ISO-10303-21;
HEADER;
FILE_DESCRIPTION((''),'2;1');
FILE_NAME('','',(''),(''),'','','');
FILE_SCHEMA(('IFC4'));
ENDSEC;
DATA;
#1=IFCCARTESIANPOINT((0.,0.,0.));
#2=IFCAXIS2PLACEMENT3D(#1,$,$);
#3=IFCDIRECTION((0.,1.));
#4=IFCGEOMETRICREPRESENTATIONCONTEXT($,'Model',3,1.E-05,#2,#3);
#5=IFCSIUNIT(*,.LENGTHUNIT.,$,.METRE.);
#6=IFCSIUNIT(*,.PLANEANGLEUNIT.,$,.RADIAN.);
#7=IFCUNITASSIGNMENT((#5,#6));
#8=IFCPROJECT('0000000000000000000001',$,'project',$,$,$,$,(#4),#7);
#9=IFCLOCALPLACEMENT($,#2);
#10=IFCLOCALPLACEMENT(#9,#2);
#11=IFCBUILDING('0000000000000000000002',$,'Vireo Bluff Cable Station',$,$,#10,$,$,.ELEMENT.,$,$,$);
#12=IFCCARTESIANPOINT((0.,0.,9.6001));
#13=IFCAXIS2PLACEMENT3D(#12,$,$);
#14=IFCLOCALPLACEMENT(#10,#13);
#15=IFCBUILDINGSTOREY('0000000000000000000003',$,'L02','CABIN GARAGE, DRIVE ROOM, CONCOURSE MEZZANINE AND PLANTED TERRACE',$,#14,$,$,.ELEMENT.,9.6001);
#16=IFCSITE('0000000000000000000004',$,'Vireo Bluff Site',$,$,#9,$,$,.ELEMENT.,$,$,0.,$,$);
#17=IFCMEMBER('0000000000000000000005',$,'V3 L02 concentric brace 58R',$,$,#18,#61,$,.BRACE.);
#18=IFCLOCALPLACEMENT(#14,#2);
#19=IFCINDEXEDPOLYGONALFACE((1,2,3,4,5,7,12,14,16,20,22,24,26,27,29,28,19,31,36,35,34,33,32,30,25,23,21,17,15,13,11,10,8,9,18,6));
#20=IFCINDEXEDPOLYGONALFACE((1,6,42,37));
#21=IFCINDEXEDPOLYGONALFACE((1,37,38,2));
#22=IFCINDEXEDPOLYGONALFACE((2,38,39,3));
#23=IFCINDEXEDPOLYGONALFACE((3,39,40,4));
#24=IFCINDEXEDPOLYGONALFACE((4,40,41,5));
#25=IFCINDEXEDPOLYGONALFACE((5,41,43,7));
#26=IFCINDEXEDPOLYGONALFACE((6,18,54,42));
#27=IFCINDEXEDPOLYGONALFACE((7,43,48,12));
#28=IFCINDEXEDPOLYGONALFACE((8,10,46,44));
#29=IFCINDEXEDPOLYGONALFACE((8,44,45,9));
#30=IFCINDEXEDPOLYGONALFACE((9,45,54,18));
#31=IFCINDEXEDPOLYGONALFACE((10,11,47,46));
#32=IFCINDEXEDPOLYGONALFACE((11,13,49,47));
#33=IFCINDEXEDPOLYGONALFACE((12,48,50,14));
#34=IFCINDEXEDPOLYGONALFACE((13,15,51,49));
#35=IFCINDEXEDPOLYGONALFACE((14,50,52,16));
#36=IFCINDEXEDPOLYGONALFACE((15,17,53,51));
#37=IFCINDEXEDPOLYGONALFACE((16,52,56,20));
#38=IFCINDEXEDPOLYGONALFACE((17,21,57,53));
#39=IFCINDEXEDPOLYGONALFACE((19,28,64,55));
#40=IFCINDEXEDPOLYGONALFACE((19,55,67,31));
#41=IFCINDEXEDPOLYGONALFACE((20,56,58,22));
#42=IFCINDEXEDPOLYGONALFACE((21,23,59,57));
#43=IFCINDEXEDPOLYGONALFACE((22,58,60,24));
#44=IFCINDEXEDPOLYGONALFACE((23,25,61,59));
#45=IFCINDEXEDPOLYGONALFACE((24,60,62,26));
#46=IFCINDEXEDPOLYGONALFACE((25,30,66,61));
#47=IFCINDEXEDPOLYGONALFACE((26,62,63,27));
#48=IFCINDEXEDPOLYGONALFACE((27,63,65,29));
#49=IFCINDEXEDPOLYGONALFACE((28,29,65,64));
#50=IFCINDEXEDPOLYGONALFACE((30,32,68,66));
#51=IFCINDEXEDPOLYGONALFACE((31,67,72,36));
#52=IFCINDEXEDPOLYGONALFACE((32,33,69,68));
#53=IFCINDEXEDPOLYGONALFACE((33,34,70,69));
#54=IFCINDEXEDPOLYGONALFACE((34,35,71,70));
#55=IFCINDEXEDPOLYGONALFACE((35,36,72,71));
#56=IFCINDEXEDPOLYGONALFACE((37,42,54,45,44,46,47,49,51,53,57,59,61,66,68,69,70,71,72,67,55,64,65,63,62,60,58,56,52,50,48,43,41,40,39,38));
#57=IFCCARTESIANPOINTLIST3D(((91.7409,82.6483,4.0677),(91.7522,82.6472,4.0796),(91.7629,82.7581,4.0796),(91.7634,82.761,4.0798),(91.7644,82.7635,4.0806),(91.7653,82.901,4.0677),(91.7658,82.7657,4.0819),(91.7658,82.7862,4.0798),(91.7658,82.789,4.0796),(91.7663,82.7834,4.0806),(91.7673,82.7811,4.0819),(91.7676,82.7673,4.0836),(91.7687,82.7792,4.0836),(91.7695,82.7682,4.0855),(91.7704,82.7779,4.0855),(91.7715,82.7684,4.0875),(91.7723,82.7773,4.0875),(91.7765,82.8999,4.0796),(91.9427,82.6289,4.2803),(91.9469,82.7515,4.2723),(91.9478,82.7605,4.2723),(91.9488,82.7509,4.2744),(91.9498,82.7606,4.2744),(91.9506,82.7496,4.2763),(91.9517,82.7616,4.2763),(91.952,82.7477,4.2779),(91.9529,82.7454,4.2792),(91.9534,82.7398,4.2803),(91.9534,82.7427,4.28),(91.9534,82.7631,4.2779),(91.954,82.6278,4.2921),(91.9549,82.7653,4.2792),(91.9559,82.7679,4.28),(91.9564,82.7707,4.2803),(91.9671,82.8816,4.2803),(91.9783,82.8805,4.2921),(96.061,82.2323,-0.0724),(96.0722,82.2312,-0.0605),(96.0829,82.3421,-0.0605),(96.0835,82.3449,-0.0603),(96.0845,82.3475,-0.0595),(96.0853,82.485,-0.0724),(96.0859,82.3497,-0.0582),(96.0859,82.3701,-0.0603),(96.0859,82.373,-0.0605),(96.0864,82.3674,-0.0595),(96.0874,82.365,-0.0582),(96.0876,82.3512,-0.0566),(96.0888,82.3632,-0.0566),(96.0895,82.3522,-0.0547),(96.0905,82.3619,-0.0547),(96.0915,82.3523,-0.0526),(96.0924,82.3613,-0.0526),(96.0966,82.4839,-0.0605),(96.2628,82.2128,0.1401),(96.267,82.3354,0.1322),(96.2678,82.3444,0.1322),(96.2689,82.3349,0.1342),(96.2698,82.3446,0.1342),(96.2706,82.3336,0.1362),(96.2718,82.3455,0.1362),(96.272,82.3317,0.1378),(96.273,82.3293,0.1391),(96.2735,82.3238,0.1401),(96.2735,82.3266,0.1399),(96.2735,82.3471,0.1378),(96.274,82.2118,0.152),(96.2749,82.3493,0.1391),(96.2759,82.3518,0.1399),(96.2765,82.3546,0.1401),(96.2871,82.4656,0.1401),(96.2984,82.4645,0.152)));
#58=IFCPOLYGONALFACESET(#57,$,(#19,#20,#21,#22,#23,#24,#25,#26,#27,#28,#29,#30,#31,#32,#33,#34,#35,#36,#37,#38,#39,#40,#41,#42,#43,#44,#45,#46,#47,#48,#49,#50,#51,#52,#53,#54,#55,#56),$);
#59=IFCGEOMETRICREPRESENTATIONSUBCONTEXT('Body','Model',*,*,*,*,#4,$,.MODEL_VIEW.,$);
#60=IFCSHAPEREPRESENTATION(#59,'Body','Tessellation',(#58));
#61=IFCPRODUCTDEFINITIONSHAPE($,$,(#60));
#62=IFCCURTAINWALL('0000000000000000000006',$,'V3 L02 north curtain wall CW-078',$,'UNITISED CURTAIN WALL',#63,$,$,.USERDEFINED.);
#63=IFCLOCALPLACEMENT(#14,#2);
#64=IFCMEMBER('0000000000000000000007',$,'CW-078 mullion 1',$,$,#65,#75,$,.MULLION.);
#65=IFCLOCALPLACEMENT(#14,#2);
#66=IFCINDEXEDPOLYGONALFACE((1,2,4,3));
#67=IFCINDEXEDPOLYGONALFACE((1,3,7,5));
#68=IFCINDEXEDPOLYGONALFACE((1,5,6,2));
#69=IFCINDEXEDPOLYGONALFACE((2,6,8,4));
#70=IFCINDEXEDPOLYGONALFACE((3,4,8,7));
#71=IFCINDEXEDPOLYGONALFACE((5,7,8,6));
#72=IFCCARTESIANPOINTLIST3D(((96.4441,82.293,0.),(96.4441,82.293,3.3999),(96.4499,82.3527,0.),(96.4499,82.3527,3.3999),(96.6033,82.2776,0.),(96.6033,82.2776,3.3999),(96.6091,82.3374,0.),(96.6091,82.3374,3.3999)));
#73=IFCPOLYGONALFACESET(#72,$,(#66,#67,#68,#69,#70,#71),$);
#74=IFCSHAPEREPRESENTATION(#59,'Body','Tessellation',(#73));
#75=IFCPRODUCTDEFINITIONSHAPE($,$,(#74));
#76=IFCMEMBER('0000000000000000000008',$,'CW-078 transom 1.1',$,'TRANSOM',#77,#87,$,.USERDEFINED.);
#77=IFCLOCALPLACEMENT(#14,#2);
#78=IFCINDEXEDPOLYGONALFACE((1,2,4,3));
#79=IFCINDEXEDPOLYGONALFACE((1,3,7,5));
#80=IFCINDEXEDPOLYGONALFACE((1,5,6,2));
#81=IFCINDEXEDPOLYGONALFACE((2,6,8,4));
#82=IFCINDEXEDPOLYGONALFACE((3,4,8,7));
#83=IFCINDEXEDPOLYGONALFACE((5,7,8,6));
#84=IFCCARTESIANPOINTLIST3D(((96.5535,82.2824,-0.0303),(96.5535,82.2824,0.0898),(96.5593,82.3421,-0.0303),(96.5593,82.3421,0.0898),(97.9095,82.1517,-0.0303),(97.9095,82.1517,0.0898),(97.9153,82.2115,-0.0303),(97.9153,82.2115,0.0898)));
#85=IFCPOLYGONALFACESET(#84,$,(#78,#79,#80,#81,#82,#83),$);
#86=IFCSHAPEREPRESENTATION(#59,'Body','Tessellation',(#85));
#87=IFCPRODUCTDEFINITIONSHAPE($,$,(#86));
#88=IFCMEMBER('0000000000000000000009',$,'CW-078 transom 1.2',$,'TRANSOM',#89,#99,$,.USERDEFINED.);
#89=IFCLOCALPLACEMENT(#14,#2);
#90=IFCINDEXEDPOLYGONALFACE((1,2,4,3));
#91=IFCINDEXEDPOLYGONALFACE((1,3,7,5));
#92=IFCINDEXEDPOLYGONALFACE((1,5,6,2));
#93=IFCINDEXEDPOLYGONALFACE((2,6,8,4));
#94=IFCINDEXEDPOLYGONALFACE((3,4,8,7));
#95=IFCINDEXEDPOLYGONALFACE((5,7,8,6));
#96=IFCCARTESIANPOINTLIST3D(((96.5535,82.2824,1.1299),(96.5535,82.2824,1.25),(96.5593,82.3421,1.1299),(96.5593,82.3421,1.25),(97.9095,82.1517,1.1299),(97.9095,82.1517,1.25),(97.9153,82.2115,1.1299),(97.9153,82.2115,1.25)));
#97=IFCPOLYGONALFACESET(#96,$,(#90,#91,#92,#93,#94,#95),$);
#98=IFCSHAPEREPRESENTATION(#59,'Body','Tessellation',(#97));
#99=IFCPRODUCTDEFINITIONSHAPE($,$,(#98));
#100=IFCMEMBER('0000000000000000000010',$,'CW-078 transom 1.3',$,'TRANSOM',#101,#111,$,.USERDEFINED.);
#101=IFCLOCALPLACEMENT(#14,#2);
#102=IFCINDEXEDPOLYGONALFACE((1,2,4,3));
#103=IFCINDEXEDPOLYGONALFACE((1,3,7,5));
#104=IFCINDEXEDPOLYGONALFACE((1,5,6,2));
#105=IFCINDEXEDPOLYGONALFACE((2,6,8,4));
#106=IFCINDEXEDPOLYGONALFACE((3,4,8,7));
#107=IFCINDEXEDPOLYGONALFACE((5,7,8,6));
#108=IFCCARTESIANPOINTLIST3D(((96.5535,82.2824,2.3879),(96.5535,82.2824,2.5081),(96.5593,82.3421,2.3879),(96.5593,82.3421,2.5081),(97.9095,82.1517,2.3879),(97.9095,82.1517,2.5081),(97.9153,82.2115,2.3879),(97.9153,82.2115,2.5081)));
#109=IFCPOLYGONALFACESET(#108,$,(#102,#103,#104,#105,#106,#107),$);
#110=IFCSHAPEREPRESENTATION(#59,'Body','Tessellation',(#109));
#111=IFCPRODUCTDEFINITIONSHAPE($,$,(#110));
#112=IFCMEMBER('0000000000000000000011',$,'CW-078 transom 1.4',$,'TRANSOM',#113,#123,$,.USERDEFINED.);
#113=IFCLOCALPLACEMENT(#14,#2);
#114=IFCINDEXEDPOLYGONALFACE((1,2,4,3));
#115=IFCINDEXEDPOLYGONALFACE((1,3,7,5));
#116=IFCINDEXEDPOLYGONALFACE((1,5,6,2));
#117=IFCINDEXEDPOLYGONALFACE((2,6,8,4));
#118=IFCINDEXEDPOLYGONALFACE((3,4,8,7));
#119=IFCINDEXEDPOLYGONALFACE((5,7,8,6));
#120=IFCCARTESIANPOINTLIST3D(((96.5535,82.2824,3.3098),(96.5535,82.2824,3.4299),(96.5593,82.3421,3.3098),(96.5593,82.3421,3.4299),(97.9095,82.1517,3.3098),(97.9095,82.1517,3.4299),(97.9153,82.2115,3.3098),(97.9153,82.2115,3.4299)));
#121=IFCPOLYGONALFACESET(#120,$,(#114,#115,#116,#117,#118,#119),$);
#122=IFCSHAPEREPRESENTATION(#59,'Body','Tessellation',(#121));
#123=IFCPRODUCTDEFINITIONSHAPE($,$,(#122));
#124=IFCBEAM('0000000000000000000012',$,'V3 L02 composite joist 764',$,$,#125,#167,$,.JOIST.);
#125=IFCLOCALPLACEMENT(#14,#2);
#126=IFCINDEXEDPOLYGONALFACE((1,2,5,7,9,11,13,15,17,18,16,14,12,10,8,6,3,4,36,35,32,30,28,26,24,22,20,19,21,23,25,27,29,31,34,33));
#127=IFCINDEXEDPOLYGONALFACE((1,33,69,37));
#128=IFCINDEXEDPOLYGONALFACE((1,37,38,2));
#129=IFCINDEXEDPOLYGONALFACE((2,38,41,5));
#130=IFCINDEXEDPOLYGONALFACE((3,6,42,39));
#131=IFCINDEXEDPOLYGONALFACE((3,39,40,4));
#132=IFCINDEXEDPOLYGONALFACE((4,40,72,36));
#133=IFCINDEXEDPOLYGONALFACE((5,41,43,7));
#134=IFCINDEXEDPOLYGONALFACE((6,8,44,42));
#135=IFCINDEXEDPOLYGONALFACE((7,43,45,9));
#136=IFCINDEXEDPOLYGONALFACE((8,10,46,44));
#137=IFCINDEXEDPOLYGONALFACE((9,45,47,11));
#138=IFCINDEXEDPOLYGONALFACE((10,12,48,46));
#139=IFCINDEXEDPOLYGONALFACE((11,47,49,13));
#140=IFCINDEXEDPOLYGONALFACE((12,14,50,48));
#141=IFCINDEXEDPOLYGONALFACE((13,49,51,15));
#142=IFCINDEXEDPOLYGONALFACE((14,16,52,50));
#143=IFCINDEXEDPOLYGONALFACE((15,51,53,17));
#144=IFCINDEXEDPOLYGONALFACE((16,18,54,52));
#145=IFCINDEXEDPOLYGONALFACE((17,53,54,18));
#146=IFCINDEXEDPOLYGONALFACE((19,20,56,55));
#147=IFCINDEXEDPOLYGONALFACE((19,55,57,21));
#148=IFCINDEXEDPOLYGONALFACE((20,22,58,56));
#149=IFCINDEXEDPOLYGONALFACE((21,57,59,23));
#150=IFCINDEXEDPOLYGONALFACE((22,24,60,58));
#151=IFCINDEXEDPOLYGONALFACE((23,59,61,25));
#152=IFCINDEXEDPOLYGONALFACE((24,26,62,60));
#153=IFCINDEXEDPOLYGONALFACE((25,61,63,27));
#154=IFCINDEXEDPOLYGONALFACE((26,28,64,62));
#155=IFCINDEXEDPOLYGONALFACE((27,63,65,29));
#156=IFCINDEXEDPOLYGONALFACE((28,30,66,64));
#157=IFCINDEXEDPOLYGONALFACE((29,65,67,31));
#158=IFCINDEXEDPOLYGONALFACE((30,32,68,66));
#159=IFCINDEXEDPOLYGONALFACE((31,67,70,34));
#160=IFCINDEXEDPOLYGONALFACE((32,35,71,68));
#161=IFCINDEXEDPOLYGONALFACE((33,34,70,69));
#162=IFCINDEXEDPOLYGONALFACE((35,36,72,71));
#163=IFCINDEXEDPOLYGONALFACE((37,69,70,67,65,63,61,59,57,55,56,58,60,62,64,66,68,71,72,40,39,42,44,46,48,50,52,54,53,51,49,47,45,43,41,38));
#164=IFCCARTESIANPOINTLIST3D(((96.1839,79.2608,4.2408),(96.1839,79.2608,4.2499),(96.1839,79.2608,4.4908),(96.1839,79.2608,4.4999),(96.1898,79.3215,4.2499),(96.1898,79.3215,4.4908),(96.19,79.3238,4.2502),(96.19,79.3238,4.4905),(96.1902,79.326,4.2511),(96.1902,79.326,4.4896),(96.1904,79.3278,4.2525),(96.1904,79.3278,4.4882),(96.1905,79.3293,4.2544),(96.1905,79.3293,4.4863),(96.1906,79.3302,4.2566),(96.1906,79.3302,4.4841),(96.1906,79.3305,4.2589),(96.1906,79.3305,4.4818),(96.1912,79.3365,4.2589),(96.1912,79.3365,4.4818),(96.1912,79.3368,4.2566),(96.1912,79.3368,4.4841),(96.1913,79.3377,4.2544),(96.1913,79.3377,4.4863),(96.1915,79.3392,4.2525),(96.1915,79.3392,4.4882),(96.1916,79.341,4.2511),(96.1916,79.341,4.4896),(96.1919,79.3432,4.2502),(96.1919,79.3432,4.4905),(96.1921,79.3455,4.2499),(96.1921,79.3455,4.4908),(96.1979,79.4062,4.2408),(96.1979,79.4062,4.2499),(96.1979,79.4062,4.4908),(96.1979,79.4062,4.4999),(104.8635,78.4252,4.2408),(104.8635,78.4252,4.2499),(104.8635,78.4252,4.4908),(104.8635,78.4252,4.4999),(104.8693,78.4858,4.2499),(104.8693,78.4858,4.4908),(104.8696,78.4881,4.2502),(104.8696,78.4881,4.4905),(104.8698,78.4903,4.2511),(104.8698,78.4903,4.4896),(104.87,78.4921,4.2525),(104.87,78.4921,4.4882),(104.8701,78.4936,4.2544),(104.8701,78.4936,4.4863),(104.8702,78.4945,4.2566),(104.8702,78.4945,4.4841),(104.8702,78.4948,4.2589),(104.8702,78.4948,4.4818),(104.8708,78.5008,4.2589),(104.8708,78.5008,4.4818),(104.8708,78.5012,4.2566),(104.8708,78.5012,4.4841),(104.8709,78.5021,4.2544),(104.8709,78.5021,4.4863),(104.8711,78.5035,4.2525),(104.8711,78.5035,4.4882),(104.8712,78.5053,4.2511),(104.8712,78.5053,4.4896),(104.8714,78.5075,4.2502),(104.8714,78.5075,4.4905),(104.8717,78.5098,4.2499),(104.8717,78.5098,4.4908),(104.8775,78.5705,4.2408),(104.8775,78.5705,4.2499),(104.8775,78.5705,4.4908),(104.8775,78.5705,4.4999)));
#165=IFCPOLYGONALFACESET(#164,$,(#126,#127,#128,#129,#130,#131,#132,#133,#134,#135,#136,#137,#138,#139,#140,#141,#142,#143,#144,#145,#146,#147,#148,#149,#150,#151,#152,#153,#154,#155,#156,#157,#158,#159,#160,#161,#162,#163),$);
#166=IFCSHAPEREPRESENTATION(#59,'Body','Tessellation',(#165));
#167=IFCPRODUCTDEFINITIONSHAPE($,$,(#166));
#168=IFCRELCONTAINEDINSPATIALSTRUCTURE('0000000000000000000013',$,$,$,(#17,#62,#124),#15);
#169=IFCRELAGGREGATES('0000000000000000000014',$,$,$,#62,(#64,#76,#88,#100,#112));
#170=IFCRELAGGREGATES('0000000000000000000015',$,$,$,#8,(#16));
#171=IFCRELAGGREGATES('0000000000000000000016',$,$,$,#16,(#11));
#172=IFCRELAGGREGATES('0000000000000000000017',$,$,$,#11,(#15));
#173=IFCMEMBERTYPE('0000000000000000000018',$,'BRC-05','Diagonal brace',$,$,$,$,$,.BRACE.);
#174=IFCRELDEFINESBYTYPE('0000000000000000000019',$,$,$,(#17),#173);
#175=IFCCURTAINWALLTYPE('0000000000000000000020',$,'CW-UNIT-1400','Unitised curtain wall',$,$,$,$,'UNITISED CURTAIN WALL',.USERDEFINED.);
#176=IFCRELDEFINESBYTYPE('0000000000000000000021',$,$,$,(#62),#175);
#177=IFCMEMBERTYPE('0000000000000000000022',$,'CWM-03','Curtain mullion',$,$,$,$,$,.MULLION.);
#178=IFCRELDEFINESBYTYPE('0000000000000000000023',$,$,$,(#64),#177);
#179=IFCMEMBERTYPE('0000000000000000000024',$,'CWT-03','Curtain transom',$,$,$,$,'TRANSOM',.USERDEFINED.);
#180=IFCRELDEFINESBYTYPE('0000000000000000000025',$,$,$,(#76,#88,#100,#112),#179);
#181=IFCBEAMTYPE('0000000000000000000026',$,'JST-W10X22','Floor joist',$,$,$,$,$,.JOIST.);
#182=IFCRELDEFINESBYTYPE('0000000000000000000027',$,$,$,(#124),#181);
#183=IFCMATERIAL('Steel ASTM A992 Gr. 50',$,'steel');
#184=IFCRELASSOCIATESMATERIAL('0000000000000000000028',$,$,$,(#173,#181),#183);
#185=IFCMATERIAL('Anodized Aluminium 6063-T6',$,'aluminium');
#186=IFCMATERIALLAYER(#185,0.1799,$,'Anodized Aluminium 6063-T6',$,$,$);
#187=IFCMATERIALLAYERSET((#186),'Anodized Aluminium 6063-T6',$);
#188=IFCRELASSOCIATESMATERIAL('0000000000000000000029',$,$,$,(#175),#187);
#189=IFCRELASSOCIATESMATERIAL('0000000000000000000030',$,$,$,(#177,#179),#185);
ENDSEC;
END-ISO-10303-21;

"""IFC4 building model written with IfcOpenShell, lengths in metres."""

from ifc_helpers import new_model, si_unit, direction, frame, origin, origin_2d, place, context, subcontext, project, spatial, rectangle, i_section, extrude, material, layer, layer_set, material_profile, profile_set, type_object, element, aggregate, save


model = new_model("IFC4")

# Units and contexts
model_context = context("Model", 3, precision=1e-05, world=origin(), true_north=direction((0.0, 1.0)))
body_context = subcontext(model_context, "Body", "Model", "MODEL_VIEW")
ifc_project = project(units=[si_unit("LENGTHUNIT", "METRE"), si_unit("PLANEANGLEUNIT", "RADIAN")], contexts=[model_context])

# Site, building, storey
site_placement = place(None, origin())
site = spatial("IfcSite", under=ifc_project, at=site_placement, Name="Vireo Bluff Site", CompositionType="ELEMENT", RefElevation=0.0)
building_placement = place(site_placement, origin())
building = spatial("IfcBuilding", under=site, at=building_placement, Name="Vireo Bluff Cable Station", CompositionType="ELEMENT")
storey_placement = place(building_placement, frame((0.0, 0.0, 9.6001)))
storey = spatial("IfcBuildingStorey", under=building, at=storey_placement, Name="L02", Description="CABIN GARAGE, DRIVE ROOM, CONCOURSE MEZZANINE AND PLANTED TERRACE", CompositionType="ELEMENT", Elevation=9.6001)

# Shared definitions
ifc_material_1 = material(Name="Steel ASTM A992 Gr. 50", Category="steel")

# Member
ifc_material_profile_1 = material_profile(ifc_material_1, i_section(OverallWidth=0.2539, OverallDepth=0.3101, WebThickness=0.009, FlangeThickness=0.0164, FilletRadius=0.011, at=origin_2d()), Name="W12X58")
ifc_profile_set_1 = profile_set([ifc_material_profile_1], Name="Steel ASTM A992 Gr. 50")
member_type_1 = type_object("IfcMemberType", Name="BRC-05", Description="Diagonal brace", PredefinedType="BRACE", material=ifc_profile_set_1)
member_1_placement = place(storey_placement, frame((96.1797, 82.3484, 0.0398), z_axis=(-0.720244, 0.069358, 0.690245), x_axis=(-0.095855, -0.995395, 0.0)))
element("IfcMember", 1, at=member_1_placement, inside=storey, type_object=member_type_1, Name="V3 L02 concentric brace 58R", PredefinedType="BRACE", context=body_context, shape_type="SweptSolid", body=[
    extrude(i_section(OverallWidth=0.2539, OverallDepth=0.3101, WebThickness=0.009, FlangeThickness=0.0164, FilletRadius=0.011, at=origin_2d()), origin(), (0.0, 0.0, 1.0), 5.998),
])

# Curtain wall, members
ifc_material_2 = material(Name="Anodized Aluminium 6063-T6", Category="aluminium")
ifc_layer_1 = layer(ifc_material_2, 0.1799, Name="Anodized Aluminium 6063-T6")
ifc_layer_set_1 = layer_set([ifc_layer_1], Name="Anodized Aluminium 6063-T6")
curtain_wall_type = type_object("IfcCurtainWallType", Name="CW-UNIT-1400", Description="Unitised curtain wall", ElementType="UNITISED CURTAIN WALL", PredefinedType="USERDEFINED", material=ifc_layer_set_1)
curtain_wall_placement = place(storey_placement, origin())
curtain_wall = element("IfcCurtainWall", 2, at=curtain_wall_placement, inside=storey, type_object=curtain_wall_type, Name="V3 L02 north curtain wall CW-078", ObjectType="UNITISED CURTAIN WALL", PredefinedType="USERDEFINED")
ifc_material_profile_2 = material_profile(ifc_material_2, rectangle(XDim=0.0601, YDim=0.1599, at=origin_2d()), Name="ALU-M-60X160")
ifc_profile_set_2 = profile_set([ifc_material_profile_2], Name="Anodized Aluminium 6063-T6")
member_type_2 = type_object("IfcMemberType", Name="CWM-03", Description="Curtain mullion", PredefinedType="MULLION", material=ifc_profile_set_2)
member_2_placement = place(storey_placement, frame((96.5266, 82.3152, 0.0), z_axis=(0.0, 0.0, 1.0), x_axis=(0.095846, 0.995396, 0.0)))
member_2 = element("IfcMember", 3, at=member_2_placement, type_object=member_type_2, Name="CW-078 mullion 1", PredefinedType="MULLION", context=body_context, shape_type="SweptSolid", body=[
    extrude(rectangle(XDim=0.0601, YDim=0.1599, at=origin_2d()), origin(), (0.0, 0.0, 1.0), 3.3999),
])
ifc_material_profile_3 = material_profile(ifc_material_2, rectangle(XDim=0.0601, YDim=0.1201, at=origin_2d()), Name="ALU-T-60X120")
ifc_profile_set_3 = profile_set([ifc_material_profile_3], Name="Anodized Aluminium 6063-T6")
member_type_3 = type_object("IfcMemberType", Name="CWT-03", Description="Curtain transom", ElementType="TRANSOM", PredefinedType="USERDEFINED", material=ifc_profile_set_3)
member_3_placement = place(storey_placement, frame((96.5564, 82.3123, 0.0298), z_axis=(0.995393, -0.095883, 0.0), x_axis=(0.095883, 0.995393, 0.0)))
member_3 = element("IfcMember", 4, at=member_3_placement, type_object=member_type_3, Name="CW-078 transom 1.1", ObjectType="TRANSOM", PredefinedType="USERDEFINED", context=body_context, shape_type="SweptSolid", body=[
    extrude(rectangle(XDim=0.0601, YDim=0.1201, at=origin_2d()), origin(), (0.0, 0.0, 1.0), 1.3623),
])
member_4_placement = place(storey_placement, frame((96.5564, 82.3123, 1.1899), z_axis=(0.995393, -0.095883, 0.0), x_axis=(0.095883, 0.995393, 0.0)))
member_4 = element("IfcMember", 5, at=member_4_placement, type_object=member_type_3, Name="CW-078 transom 1.2", ObjectType="TRANSOM", PredefinedType="USERDEFINED", context=body_context, shape_type="SweptSolid", body=[
    extrude(rectangle(XDim=0.0601, YDim=0.1201, at=origin_2d()), origin(), (0.0, 0.0, 1.0), 1.3623),
])
member_5_placement = place(storey_placement, frame((96.5564, 82.3123, 2.448), z_axis=(0.995393, -0.095883, 0.0), x_axis=(0.095883, 0.995393, 0.0)))
member_5 = element("IfcMember", 6, at=member_5_placement, type_object=member_type_3, Name="CW-078 transom 1.3", ObjectType="TRANSOM", PredefinedType="USERDEFINED", context=body_context, shape_type="SweptSolid", body=[
    extrude(rectangle(XDim=0.0601, YDim=0.1201, at=origin_2d()), origin(), (0.0, 0.0, 1.0), 1.3623),
])
member_6_placement = place(storey_placement, frame((96.5564, 82.3123, 3.3699), z_axis=(0.995393, -0.095883, 0.0), x_axis=(0.095883, 0.995393, 0.0)))
member_6 = element("IfcMember", 7, at=member_6_placement, type_object=member_type_3, Name="CW-078 transom 1.4", ObjectType="TRANSOM", PredefinedType="USERDEFINED", context=body_context, shape_type="SweptSolid", body=[
    extrude(rectangle(XDim=0.0601, YDim=0.1201, at=origin_2d()), origin(), (0.0, 0.0, 1.0), 1.3623),
])

# Beam
ifc_material_profile_4 = material_profile(ifc_material_1, i_section(OverallWidth=0.146, OverallDepth=0.259, WebThickness=0.0061, FlangeThickness=0.009, FilletRadius=0.009, at=origin_2d()), Name="W10X22")
ifc_profile_set_4 = profile_set([ifc_material_profile_4], Name="Steel ASTM A992 Gr. 50")
beam_type_1 = type_object("IfcBeamType", Name="JST-W10X22", Description="Floor joist", PredefinedType="JOIST", material=ifc_profile_set_4)
beam_1_placement = place(storey_placement, frame((96.1909, 79.3335, 4.3704), z_axis=(0.995397, -0.095838, 0.0), x_axis=(0.095838, 0.995397, 0.0)))
element("IfcBeam", 8, at=beam_1_placement, inside=storey, type_object=beam_type_1, Name="V3 L02 composite joist 764", PredefinedType="JOIST", context=body_context, shape_type="SweptSolid", body=[
    extrude(i_section(OverallWidth=0.146, OverallDepth=0.259, WebThickness=0.0061, FlangeThickness=0.009, FilletRadius=0.009, at=origin_2d()), origin(), (0.0, 0.0, 1.0), 8.7197),
])

aggregate(curtain_wall, [member_2, member_3, member_4, member_5, member_6])

save(model, "model.ifc")
